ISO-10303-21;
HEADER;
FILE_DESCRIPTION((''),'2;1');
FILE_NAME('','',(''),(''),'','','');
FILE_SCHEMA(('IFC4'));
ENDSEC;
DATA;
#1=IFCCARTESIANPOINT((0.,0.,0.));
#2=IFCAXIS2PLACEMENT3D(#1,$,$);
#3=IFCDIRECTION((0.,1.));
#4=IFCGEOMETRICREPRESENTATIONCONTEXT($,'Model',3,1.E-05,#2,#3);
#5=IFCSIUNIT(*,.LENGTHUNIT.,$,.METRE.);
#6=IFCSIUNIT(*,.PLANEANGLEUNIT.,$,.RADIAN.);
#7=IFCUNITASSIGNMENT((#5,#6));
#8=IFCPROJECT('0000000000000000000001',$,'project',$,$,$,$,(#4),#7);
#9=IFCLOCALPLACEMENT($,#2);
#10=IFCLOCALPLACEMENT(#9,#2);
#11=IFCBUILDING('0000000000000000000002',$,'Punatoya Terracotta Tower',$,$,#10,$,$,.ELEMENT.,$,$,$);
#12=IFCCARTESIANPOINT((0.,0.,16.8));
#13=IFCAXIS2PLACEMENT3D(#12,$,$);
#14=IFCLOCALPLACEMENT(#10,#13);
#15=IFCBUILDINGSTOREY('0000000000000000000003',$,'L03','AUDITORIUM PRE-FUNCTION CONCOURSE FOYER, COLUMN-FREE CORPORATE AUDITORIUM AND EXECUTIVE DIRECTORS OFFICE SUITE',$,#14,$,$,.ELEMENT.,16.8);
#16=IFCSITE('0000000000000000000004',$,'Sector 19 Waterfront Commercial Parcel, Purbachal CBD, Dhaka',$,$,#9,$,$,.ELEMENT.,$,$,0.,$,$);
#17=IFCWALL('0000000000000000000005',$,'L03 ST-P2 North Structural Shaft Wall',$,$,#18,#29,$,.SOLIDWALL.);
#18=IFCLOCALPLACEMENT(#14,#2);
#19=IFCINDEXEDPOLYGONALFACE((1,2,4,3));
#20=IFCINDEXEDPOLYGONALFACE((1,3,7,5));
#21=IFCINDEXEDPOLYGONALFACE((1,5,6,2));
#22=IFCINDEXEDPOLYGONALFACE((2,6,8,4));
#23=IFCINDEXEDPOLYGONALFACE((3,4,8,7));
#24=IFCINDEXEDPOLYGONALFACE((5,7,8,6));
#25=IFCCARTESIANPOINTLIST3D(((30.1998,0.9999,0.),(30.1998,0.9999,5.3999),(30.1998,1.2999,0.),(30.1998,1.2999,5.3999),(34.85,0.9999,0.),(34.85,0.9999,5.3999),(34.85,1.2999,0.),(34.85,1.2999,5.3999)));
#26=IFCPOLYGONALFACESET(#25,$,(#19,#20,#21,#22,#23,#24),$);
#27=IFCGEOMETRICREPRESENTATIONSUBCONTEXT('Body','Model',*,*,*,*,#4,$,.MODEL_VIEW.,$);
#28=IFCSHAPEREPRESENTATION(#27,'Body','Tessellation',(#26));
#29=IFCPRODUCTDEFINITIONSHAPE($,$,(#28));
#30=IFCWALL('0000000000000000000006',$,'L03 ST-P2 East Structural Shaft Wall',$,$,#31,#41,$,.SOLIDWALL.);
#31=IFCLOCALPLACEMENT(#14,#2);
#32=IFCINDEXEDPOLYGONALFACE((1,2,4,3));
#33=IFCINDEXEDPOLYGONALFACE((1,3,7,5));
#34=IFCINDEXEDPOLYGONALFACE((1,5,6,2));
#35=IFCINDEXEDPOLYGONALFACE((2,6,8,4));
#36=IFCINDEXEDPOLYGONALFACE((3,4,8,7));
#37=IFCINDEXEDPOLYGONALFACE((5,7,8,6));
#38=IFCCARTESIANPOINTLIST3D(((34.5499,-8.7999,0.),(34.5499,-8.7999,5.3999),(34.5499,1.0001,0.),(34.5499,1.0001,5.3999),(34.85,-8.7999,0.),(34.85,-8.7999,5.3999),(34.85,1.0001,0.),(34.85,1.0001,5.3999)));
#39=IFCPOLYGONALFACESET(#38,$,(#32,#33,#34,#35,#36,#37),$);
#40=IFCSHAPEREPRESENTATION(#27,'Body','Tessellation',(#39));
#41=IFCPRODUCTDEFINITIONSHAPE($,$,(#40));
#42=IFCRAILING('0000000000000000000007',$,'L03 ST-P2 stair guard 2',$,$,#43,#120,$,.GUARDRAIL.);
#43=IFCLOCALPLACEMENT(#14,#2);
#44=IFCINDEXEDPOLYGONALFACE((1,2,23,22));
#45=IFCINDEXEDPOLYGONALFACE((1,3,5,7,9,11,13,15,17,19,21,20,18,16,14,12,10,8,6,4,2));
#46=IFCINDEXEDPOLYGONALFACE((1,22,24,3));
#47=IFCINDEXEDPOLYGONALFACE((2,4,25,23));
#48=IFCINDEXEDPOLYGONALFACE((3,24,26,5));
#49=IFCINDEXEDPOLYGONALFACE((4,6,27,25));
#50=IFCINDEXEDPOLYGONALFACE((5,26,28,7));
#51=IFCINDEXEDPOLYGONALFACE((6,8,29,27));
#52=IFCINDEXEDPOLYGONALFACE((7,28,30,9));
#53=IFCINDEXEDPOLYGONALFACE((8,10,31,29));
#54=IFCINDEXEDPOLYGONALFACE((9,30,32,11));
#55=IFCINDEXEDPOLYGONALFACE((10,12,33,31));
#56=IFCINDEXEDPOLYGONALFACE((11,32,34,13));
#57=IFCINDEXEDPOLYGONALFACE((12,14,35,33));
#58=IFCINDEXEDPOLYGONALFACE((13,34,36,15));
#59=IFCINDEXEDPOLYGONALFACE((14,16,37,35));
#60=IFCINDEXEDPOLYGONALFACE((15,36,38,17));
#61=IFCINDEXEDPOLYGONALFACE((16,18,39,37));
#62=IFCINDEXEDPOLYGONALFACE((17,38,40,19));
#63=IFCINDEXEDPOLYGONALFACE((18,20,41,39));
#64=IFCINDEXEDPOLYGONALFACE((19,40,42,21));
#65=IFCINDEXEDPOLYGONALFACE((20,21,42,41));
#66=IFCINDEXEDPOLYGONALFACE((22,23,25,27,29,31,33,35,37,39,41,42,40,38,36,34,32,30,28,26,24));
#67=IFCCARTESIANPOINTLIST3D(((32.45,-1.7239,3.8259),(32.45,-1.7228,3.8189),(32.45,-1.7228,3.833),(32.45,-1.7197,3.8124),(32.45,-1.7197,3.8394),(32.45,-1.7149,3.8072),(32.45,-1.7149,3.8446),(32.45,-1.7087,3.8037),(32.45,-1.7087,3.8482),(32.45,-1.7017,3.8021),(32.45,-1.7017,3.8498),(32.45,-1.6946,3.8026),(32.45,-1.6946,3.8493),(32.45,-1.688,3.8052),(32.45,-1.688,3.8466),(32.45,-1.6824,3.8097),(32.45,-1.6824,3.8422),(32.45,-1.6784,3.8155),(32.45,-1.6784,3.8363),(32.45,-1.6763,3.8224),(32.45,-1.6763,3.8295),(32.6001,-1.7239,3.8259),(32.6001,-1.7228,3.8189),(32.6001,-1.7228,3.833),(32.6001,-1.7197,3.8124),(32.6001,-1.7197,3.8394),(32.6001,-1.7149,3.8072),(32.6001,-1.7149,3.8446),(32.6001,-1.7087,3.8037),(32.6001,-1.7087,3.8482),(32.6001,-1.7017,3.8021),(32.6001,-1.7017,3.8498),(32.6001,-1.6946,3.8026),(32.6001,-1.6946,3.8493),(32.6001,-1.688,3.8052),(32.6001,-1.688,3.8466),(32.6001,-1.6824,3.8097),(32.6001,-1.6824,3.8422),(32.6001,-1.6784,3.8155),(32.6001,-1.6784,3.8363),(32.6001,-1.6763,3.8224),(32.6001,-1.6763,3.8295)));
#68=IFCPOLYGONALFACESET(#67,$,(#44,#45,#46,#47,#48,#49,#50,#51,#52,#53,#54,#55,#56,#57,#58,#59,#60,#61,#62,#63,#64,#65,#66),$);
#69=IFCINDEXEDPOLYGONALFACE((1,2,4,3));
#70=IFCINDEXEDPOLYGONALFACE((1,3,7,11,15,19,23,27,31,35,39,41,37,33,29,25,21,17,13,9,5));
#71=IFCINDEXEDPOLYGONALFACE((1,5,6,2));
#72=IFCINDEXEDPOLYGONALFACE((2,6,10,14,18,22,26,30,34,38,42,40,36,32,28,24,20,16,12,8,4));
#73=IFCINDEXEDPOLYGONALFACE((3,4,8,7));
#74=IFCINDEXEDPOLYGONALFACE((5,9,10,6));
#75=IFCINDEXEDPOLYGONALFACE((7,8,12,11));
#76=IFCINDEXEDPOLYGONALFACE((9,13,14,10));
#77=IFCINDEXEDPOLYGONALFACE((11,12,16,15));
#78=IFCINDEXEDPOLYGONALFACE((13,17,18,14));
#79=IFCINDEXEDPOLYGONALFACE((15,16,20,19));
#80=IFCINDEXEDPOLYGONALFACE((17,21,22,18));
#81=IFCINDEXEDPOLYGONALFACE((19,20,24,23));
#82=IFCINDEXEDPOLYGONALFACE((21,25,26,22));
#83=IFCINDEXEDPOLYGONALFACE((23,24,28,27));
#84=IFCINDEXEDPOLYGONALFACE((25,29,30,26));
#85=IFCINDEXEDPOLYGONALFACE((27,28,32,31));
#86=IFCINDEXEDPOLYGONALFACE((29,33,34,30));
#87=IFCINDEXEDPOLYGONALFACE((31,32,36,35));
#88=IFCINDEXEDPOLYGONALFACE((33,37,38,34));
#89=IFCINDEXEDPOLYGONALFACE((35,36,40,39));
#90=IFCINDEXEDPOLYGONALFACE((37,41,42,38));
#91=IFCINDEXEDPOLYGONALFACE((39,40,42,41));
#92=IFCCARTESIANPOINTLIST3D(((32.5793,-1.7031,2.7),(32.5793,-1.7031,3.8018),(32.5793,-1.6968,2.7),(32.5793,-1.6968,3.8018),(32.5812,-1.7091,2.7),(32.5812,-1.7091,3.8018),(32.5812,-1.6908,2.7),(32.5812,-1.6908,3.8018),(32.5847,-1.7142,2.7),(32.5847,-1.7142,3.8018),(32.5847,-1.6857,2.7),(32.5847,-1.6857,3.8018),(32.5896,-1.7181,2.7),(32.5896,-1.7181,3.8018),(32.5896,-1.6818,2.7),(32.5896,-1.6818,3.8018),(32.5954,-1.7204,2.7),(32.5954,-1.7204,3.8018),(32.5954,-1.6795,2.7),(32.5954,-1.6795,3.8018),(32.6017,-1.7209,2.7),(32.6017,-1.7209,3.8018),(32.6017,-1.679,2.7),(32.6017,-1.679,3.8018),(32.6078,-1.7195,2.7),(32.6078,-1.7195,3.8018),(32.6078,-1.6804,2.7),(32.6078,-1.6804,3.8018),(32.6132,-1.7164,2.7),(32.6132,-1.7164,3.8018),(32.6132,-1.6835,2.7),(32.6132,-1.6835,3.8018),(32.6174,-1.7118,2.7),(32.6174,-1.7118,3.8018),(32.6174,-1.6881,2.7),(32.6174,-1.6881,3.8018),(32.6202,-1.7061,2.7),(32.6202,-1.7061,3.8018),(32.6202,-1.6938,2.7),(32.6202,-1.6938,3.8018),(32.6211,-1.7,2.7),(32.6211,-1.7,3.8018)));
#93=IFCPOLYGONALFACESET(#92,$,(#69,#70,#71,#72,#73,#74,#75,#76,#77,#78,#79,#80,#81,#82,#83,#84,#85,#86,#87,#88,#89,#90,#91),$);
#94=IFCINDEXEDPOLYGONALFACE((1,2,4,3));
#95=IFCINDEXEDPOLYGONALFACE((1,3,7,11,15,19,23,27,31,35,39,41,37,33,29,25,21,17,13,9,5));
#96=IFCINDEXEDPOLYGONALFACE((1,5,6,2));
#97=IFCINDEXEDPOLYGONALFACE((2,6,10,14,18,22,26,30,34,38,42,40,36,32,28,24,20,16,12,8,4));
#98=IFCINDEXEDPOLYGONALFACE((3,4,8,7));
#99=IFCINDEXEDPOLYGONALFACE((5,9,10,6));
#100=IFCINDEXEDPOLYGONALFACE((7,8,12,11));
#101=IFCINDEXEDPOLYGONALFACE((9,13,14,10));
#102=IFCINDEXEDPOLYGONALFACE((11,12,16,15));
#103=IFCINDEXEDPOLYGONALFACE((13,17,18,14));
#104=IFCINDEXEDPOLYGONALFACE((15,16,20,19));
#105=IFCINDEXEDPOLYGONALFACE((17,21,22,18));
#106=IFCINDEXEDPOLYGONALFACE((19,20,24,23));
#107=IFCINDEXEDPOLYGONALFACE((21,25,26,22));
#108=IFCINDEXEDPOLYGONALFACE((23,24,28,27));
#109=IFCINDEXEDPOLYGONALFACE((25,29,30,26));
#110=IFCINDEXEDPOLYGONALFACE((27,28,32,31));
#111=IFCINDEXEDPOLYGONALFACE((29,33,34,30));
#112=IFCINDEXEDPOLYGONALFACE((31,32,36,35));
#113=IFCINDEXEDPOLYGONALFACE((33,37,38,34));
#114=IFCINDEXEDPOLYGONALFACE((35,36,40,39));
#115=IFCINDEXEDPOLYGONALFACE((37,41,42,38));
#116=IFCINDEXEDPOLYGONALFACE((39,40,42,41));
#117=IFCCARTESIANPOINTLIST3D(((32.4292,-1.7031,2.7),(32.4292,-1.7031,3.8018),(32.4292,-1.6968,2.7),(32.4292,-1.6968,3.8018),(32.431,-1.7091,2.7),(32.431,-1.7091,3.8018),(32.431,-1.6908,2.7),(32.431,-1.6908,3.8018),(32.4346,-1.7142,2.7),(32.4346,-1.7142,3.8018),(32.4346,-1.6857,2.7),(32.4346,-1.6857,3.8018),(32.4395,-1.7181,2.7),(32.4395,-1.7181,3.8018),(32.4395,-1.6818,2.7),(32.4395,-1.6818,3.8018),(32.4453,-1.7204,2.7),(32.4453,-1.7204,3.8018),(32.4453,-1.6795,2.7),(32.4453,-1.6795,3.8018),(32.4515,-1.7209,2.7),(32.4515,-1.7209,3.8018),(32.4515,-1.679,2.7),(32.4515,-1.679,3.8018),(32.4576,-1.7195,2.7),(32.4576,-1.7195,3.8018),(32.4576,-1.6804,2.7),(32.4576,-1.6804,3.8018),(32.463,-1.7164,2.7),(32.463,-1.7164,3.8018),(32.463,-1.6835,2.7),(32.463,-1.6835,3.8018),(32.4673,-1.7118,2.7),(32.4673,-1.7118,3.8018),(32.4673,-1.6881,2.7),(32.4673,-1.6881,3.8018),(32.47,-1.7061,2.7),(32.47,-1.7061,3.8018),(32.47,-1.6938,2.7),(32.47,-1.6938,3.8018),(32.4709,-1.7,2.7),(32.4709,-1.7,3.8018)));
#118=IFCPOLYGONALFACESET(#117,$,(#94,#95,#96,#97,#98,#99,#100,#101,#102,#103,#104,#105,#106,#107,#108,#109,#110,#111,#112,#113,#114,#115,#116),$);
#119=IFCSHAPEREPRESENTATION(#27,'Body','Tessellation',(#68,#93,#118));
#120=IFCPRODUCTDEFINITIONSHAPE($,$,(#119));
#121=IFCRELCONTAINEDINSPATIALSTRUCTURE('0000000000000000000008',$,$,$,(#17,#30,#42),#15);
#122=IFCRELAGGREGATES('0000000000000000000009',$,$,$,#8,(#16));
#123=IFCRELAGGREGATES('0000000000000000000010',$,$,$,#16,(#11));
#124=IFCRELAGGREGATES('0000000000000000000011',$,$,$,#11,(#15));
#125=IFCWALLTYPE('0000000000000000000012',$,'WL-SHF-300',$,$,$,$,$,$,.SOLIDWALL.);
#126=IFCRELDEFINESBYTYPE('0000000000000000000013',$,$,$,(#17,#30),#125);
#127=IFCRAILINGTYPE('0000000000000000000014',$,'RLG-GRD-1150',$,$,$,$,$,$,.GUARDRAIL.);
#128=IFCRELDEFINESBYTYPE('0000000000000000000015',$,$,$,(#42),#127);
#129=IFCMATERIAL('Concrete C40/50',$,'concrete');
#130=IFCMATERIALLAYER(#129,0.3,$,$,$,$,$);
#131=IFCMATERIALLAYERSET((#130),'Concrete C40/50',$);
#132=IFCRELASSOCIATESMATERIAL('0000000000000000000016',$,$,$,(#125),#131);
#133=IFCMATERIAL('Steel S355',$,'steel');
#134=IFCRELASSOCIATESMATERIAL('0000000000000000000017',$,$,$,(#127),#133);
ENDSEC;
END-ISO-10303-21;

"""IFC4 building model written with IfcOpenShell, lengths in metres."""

from ifc_helpers import new_model, si_unit, direction, frame, frame_2d, origin, origin_2d, place, context, subcontext, project, spatial, rectangle, circle, extrude, material, layer, layer_set, type_object, element, save


model = new_model("IFC4")

# Units and contexts
model_context = context("Model", 3, precision=1e-05, world=origin(), true_north=direction((0.0, 1.0)))
body_context = subcontext(model_context, "Body", "Model", "MODEL_VIEW")
ifc_project = project(units=[si_unit("LENGTHUNIT", "METRE"), si_unit("PLANEANGLEUNIT", "RADIAN")], contexts=[model_context])

# Site, building, storey
site_placement = place(None, origin())
site = spatial("IfcSite", under=ifc_project, at=site_placement, Name="Sector 19 Waterfront Commercial Parcel, Purbachal CBD, Dhaka", CompositionType="ELEMENT", RefElevation=0.0)
building_placement = place(site_placement, origin())
building = spatial("IfcBuilding", under=site, at=building_placement, Name="Punatoya Terracotta Tower", CompositionType="ELEMENT")
storey_placement = place(building_placement, frame((0.0, 0.0, 16.8)))
storey = spatial("IfcBuildingStorey", under=building, at=storey_placement, Name="L03", Description="AUDITORIUM PRE-FUNCTION CONCOURSE FOYER, COLUMN-FREE CORPORATE AUDITORIUM AND EXECUTIVE DIRECTORS OFFICE SUITE", CompositionType="ELEMENT", Elevation=16.8)

# Shared definitions
ifc_material_1 = material(Name="Steel S355", Category="steel")

# Walls
ifc_material_2 = material(Name="Concrete C40/50", Category="concrete")
ifc_layer_1 = layer(ifc_material_2, 0.3)
ifc_layer_set_1 = layer_set([ifc_layer_1], Name="Concrete C40/50")
wall_type_1 = type_object("IfcWallType", Name="WL-SHF-300", PredefinedType="SOLIDWALL", material=ifc_layer_set_1)
wall_1_placement = place(storey_placement, frame((34.8501, 1.1499, 0.0), z_axis=(0.0, 0.0, 1.0), x_axis=(-1.0, 0.0, 0.0)))
element("IfcWall", 1, at=wall_1_placement, inside=storey, type_object=wall_type_1, Name="L03 ST-P2 North Structural Shaft Wall", PredefinedType="SOLIDWALL", context=body_context, shape_type="SweptSolid", body=[
    extrude(rectangle(XDim=4.6501, YDim=0.3, at=frame_2d((2.3252, 0.0))), origin(), (0.0, 0.0, 1.0), 5.3999),
])
wall_2_placement = place(storey_placement, frame((34.7, 1.0, 0.0), z_axis=(0.0, 0.0, 1.0), x_axis=(0.0, -1.0, 0.0)))
element("IfcWall", 2, at=wall_2_placement, inside=storey, type_object=wall_type_1, Name="L03 ST-P2 East Structural Shaft Wall", PredefinedType="SOLIDWALL", context=body_context, shape_type="SweptSolid", body=[
    extrude(rectangle(XDim=9.8, YDim=0.3, at=frame_2d((4.8999, 0.0))), origin(), (0.0, 0.0, 1.0), 5.3999),
])

# Railing
railing_type = type_object("IfcRailingType", Name="RLG-GRD-1150", PredefinedType="GUARDRAIL", material=ifc_material_1)
railing_1_placement = place(storey_placement, frame((32.6001, -1.7, 2.7)))
element("IfcRailing", 3, at=railing_1_placement, inside=storey, type_object=railing_type, Name="L03 ST-P2 stair guard 2", PredefinedType="GUARDRAIL", context=body_context, shape_type="SweptSolid", body=[
    extrude(circle(Radius=0.0239, at=origin_2d()), frame((0.0, 0.0, 1.126), z_axis=(-1.0, 0.0, 0.0), x_axis=(0.0, -1.0, 0.0)), (0.0, 0.0, 1.0), 0.1501),
    extrude(circle(Radius=0.021, at=origin_2d()), origin(), (0.0, 0.0, 1.0), 1.1018),
    extrude(circle(Radius=0.021, at=origin_2d()), frame((-0.1501, 0.0, 0.0)), (0.0, 0.0, 1.0), 1.1018),
])

save(model, "model.ifc")
